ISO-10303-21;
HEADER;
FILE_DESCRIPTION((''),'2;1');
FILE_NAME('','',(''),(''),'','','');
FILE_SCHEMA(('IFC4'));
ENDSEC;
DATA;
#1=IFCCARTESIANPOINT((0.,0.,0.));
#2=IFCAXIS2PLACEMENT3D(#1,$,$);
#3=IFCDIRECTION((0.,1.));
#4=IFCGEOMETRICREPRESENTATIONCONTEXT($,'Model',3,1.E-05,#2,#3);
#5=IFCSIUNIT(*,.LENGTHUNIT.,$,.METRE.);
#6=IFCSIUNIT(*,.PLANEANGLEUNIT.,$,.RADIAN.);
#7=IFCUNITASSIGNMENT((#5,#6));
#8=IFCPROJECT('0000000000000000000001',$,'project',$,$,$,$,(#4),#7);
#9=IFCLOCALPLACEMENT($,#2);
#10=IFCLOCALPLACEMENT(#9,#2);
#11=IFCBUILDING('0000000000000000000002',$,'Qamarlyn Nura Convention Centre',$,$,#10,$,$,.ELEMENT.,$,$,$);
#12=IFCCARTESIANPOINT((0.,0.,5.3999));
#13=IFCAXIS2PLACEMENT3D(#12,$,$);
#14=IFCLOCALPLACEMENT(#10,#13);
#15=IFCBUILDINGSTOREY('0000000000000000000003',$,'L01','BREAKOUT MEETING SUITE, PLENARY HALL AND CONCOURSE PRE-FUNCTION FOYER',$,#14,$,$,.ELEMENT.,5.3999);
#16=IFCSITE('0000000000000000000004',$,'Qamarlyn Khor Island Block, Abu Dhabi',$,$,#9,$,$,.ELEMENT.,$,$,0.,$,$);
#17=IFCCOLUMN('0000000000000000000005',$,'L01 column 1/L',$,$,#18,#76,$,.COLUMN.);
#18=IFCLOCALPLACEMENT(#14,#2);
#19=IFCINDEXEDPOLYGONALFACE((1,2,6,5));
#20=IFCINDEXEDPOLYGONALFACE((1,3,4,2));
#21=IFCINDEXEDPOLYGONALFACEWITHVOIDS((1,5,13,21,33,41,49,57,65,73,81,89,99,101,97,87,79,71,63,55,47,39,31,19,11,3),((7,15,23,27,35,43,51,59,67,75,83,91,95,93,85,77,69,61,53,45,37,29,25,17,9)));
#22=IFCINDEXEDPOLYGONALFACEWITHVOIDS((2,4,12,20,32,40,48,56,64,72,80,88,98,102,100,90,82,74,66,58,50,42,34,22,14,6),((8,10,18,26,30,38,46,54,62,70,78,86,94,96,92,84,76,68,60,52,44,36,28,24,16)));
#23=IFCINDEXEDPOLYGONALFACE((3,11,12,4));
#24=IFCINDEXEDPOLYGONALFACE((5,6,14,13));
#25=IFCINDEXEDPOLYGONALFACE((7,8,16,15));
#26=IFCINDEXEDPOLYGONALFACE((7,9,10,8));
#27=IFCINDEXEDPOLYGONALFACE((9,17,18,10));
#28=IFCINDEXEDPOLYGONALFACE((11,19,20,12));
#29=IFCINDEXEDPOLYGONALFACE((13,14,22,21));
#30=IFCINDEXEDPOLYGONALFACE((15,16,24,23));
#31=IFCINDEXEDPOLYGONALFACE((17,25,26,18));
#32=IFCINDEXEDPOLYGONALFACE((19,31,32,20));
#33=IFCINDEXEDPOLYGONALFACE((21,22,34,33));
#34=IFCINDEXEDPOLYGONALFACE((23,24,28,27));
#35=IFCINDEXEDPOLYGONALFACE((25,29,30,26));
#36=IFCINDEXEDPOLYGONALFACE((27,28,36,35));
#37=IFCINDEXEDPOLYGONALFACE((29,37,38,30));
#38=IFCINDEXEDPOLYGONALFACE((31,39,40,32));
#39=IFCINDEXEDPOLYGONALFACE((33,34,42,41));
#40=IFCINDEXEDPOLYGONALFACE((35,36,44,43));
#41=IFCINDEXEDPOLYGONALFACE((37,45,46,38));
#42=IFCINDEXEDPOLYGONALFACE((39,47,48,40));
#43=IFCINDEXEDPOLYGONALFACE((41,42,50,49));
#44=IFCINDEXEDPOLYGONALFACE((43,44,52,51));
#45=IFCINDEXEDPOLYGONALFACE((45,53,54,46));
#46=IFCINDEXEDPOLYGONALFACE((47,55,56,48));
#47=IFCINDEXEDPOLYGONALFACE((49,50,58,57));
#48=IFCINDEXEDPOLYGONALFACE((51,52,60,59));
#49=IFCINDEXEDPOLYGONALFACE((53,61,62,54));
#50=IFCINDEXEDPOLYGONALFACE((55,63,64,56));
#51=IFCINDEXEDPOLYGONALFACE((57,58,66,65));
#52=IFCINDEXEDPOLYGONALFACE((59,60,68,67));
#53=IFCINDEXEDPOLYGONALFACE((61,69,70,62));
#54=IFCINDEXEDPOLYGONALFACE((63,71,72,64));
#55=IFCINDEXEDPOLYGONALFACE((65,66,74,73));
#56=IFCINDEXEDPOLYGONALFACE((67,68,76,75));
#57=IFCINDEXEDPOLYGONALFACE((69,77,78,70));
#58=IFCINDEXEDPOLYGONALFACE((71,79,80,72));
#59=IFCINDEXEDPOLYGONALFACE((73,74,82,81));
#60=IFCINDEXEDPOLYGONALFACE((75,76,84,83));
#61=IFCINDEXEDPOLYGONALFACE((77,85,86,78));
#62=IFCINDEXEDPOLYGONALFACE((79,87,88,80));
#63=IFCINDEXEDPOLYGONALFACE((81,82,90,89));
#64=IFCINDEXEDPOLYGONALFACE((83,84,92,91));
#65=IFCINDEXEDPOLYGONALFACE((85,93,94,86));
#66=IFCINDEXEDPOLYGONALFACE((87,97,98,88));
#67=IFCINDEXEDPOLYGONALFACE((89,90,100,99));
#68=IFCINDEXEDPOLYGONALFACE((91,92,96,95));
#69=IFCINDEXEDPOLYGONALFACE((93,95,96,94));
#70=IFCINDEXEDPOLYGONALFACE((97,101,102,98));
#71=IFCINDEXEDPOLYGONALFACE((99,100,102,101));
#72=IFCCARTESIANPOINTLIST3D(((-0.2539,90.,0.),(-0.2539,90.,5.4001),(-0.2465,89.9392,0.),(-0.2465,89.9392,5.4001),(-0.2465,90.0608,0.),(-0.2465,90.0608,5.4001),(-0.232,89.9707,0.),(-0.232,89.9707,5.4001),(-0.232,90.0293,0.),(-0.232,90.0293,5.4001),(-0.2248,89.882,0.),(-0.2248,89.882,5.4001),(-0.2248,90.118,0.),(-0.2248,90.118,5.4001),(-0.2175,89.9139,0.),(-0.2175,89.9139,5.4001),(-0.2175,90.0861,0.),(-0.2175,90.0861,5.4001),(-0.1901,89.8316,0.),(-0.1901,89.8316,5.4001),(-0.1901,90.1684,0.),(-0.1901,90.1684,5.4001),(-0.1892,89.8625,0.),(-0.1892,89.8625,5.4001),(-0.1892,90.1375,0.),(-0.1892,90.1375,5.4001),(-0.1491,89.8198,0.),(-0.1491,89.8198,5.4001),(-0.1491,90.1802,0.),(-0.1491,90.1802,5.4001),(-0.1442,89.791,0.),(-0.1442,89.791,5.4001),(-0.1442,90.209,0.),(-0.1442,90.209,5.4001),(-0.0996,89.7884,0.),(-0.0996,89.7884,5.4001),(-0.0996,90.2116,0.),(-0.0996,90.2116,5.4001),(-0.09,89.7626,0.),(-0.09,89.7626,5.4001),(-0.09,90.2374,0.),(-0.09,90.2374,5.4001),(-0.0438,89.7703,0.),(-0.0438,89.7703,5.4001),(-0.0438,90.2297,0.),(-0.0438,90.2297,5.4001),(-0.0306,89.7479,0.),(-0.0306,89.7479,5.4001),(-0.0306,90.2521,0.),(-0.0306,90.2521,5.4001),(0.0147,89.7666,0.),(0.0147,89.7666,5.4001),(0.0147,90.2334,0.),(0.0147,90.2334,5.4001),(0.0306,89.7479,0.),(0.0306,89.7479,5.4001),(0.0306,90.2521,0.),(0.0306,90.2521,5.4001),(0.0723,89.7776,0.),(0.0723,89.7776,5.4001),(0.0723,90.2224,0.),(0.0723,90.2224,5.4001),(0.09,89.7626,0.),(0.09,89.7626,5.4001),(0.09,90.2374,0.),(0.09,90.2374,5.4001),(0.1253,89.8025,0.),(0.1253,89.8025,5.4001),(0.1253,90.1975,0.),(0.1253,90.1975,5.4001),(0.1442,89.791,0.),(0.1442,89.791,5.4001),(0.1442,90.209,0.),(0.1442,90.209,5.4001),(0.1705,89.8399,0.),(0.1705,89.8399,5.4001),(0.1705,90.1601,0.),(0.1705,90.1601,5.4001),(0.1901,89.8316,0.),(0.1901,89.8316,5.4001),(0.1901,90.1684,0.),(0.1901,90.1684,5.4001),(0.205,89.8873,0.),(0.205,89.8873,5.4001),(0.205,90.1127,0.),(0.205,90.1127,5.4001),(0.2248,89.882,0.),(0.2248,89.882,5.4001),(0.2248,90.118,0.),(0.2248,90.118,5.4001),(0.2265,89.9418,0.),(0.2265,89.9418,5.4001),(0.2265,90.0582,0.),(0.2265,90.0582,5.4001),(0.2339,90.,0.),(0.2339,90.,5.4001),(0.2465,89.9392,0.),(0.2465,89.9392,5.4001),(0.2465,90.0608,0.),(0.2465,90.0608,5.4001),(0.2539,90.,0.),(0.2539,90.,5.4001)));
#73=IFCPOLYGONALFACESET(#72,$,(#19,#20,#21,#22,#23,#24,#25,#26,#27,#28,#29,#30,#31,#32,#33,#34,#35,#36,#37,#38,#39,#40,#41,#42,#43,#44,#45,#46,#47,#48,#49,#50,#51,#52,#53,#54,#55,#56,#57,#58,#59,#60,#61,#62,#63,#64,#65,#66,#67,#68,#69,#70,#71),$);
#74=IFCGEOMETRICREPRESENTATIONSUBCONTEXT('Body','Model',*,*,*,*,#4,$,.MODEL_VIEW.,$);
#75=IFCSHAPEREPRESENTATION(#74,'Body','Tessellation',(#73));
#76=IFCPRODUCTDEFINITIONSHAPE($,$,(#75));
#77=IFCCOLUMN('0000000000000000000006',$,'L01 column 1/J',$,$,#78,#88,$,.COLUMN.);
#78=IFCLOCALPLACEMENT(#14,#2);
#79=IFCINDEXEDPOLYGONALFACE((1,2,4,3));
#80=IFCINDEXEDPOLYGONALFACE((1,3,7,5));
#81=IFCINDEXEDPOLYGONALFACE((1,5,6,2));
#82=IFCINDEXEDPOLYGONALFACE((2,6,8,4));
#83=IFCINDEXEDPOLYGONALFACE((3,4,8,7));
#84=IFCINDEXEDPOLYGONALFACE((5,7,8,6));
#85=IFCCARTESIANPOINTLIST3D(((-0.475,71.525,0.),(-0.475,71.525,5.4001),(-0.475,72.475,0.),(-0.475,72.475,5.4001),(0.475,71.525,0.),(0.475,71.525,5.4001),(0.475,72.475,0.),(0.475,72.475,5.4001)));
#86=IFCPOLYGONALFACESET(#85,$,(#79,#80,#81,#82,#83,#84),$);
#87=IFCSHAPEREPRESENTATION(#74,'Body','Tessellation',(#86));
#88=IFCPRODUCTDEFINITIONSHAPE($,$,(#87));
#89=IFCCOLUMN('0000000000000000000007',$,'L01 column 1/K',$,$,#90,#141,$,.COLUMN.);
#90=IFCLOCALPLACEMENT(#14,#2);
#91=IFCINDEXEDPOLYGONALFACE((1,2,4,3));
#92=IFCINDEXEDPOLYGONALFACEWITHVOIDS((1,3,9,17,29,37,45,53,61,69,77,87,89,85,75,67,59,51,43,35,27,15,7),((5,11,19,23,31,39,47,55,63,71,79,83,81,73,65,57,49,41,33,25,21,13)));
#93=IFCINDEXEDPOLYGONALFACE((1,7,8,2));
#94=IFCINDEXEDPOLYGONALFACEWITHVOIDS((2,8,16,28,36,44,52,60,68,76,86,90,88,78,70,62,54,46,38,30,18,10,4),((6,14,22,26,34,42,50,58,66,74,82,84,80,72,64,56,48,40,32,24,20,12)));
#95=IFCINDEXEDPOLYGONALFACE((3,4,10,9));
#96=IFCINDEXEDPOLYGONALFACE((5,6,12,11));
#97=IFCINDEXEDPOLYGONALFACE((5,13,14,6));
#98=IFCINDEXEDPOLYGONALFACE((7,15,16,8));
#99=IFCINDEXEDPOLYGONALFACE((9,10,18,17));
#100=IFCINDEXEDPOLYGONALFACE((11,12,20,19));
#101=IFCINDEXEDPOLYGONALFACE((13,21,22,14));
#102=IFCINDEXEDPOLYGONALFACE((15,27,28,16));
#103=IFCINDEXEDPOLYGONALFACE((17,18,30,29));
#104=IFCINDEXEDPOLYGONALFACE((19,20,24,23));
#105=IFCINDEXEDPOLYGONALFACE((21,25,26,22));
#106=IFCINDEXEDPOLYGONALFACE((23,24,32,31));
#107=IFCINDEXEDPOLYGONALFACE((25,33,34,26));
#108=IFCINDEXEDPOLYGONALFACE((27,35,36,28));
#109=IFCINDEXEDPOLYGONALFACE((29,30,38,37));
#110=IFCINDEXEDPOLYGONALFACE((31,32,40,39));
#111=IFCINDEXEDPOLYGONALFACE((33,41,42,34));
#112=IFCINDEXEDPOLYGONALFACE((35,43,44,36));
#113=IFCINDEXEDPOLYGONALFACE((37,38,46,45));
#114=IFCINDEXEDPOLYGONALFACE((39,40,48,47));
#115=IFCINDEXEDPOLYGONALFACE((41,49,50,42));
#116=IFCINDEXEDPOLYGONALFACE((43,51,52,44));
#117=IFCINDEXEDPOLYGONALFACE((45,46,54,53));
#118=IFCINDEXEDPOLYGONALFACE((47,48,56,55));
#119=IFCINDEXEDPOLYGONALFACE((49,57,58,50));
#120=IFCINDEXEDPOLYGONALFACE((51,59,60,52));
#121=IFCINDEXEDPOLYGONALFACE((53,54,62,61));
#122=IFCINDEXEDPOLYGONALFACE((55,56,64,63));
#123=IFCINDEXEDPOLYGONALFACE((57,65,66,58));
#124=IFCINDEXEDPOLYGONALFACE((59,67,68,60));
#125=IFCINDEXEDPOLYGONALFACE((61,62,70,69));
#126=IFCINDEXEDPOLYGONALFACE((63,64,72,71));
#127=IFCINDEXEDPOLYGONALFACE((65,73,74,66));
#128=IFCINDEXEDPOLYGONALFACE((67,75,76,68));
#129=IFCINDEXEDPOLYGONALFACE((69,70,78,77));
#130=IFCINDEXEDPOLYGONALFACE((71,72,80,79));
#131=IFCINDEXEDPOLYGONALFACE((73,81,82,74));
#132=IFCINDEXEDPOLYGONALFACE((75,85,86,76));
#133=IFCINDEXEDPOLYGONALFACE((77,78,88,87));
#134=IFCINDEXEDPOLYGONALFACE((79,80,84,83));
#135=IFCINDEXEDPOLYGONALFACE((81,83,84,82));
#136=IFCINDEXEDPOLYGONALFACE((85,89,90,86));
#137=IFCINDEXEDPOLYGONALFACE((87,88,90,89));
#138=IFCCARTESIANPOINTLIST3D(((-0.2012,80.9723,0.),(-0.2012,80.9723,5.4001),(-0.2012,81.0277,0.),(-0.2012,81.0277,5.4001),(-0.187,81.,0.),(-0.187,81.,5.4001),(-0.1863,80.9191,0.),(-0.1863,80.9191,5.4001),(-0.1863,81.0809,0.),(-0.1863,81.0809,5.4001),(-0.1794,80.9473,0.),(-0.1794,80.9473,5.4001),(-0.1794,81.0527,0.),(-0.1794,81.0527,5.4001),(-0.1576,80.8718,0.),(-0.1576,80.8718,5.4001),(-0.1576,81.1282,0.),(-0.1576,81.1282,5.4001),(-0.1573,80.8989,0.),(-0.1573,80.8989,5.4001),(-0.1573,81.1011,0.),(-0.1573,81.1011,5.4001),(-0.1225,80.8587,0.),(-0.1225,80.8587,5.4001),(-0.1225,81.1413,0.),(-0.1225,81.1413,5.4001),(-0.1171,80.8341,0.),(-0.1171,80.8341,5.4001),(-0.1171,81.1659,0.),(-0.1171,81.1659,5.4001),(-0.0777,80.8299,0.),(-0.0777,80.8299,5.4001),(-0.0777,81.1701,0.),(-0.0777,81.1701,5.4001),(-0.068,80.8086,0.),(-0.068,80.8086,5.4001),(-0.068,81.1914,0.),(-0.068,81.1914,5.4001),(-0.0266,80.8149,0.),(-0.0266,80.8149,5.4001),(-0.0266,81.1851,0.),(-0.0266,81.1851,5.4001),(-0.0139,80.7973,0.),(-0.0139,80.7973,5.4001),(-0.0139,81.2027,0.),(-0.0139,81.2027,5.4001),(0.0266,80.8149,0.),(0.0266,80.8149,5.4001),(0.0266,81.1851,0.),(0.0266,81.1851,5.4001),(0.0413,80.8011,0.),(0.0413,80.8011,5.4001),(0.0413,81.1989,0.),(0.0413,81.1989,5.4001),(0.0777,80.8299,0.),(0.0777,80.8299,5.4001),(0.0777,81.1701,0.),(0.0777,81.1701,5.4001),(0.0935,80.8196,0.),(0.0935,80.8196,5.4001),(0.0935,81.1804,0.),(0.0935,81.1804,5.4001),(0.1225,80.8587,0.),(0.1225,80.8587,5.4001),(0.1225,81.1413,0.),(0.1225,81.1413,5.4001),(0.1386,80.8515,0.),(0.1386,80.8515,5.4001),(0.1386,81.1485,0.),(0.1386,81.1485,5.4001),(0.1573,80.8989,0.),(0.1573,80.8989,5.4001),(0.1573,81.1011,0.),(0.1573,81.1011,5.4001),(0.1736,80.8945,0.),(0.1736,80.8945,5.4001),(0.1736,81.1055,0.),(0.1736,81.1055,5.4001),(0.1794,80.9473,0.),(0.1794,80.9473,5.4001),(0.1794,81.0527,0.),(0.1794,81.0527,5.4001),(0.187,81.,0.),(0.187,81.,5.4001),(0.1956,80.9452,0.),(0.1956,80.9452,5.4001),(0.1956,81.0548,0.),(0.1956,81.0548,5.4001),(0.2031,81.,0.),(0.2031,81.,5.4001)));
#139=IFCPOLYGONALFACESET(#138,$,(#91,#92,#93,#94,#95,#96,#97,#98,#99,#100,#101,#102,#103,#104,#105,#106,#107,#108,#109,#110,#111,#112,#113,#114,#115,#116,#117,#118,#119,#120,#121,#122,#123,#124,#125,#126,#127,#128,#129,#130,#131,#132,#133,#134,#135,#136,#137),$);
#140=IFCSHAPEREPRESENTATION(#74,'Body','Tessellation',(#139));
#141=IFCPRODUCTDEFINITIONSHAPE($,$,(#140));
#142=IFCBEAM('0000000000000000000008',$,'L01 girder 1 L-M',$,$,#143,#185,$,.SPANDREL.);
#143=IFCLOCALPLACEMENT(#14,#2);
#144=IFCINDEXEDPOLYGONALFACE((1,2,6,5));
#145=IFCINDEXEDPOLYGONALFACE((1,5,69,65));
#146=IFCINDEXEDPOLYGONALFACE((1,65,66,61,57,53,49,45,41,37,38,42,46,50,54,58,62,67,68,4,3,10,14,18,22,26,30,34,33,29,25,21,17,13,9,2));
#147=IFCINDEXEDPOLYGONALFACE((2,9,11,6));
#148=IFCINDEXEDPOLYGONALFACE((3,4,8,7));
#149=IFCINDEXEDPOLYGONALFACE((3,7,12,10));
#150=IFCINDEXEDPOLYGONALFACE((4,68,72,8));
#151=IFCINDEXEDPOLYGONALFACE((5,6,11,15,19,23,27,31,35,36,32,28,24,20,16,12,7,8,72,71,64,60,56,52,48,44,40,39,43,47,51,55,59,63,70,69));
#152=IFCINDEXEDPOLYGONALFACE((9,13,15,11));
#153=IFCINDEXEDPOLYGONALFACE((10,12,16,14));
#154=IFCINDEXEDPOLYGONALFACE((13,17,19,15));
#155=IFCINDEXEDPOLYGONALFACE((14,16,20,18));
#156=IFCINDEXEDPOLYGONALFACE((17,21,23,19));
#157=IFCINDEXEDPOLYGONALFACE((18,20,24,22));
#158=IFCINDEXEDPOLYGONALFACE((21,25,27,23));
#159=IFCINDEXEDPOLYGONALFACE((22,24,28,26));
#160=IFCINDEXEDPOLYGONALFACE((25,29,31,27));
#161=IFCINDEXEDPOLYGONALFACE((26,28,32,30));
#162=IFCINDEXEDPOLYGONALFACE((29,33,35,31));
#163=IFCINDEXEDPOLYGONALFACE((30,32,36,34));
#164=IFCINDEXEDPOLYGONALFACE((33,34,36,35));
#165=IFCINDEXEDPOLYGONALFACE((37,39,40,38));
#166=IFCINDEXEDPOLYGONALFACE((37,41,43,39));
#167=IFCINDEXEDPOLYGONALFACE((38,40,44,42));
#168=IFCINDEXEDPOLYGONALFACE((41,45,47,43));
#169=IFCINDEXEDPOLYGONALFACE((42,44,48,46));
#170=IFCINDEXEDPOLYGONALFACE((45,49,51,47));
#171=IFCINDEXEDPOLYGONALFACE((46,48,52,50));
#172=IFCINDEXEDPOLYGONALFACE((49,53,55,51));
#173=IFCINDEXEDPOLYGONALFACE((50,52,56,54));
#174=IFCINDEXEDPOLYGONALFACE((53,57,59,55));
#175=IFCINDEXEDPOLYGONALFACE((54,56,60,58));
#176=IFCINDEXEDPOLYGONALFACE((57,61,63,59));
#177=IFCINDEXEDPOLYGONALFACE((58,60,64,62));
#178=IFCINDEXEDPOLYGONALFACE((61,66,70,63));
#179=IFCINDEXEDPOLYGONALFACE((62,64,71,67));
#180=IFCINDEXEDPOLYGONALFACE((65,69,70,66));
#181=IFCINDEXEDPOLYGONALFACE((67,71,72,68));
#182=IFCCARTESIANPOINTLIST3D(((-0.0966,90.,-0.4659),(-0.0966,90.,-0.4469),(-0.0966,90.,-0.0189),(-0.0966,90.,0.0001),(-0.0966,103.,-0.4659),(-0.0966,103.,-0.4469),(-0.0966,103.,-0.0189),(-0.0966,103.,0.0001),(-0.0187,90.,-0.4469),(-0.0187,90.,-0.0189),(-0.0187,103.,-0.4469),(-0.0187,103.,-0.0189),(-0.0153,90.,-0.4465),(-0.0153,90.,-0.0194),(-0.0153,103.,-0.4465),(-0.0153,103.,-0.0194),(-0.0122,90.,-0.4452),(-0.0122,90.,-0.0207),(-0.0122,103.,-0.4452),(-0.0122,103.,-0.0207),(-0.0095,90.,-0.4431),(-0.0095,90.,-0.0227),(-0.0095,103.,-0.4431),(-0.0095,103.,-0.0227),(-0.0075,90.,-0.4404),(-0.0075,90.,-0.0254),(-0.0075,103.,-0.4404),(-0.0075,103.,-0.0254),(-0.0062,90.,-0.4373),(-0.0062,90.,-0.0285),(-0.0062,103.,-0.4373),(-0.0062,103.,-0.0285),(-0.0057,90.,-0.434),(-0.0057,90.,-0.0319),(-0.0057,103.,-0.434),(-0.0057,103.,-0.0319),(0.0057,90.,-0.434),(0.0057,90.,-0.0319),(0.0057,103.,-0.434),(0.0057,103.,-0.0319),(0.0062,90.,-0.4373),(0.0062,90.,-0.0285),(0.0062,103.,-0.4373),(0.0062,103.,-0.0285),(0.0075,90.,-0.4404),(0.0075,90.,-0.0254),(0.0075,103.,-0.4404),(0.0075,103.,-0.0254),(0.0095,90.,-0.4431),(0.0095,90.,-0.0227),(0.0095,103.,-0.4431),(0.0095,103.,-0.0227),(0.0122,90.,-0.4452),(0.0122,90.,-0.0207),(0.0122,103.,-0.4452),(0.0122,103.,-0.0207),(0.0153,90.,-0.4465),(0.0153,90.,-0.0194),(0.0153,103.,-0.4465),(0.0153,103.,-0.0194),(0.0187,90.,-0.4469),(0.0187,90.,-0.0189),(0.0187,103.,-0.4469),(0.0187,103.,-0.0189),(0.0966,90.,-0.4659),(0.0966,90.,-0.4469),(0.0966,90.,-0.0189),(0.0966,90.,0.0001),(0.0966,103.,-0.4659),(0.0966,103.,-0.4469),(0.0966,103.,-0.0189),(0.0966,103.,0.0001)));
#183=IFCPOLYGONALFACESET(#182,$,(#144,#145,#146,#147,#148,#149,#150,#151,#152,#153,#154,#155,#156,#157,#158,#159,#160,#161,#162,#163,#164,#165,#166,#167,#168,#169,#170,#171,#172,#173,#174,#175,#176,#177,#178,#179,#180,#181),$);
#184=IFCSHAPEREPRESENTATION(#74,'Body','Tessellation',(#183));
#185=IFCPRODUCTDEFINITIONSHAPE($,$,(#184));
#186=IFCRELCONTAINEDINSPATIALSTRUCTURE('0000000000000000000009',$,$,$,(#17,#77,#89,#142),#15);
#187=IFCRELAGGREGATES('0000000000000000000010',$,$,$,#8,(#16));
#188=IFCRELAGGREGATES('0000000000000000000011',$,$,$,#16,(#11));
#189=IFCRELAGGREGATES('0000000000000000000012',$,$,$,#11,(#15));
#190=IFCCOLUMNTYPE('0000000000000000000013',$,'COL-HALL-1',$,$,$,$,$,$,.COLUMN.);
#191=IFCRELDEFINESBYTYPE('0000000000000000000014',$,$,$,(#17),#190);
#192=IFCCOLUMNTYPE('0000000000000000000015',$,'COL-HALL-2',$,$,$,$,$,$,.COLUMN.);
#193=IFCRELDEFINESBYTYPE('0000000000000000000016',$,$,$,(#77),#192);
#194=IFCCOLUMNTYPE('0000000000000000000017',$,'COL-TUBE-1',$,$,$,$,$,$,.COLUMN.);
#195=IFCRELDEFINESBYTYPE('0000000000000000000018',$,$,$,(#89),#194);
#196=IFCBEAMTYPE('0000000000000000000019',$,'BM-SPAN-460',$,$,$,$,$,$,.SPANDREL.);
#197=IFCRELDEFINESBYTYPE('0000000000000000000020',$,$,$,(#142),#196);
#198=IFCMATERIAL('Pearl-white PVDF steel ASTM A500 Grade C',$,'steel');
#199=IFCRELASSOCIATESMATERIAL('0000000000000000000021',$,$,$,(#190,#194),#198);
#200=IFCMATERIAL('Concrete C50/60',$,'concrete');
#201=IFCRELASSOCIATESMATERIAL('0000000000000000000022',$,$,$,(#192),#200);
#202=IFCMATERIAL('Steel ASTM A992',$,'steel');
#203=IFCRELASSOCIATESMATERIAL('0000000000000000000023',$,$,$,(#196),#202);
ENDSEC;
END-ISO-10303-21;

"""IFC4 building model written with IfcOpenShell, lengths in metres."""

from ifc_helpers import new_model, si_unit, direction, frame, origin, origin_2d, place, context, subcontext, project, spatial, rectangle, hollow_circle, i_section, extrude, material, material_profile, profile_set, type_object, element, save


model = new_model("IFC4")

# Units and contexts
model_context = context("Model", 3, precision=1e-05, world=origin(), true_north=direction((0.0, 1.0)))
body_context = subcontext(model_context, "Body", "Model", "MODEL_VIEW")
ifc_project = project(units=[si_unit("LENGTHUNIT", "METRE"), si_unit("PLANEANGLEUNIT", "RADIAN")], contexts=[model_context])

# Site, building, storey
site_placement = place(None, origin())
site = spatial("IfcSite", under=ifc_project, at=site_placement, Name="Qamarlyn Khor Island Block, Abu Dhabi", CompositionType="ELEMENT", RefElevation=0.0)
building_placement = place(site_placement, origin())
building = spatial("IfcBuilding", under=site, at=building_placement, Name="Qamarlyn Nura Convention Centre", CompositionType="ELEMENT")
storey_placement = place(building_placement, frame((0.0, 0.0, 5.3999)))
storey = spatial("IfcBuildingStorey", under=building, at=storey_placement, Name="L01", Description="BREAKOUT MEETING SUITE, PLENARY HALL AND CONCOURSE PRE-FUNCTION FOYER", CompositionType="ELEMENT", Elevation=5.3999)

# Columns
ifc_material_1 = material(Name="Pearl-white PVDF steel ASTM A500 Grade C", Category="steel")
ifc_material_profile_1 = material_profile(ifc_material_1, hollow_circle(Radius=0.2539, WallThickness=0.02, at=origin_2d()), Name="CHS508X20")
ifc_profile_set_1 = profile_set([ifc_material_profile_1], Name="Pearl-white PVDF steel ASTM A500 Grade C")
column_type_1 = type_object("IfcColumnType", Name="COL-HALL-1", PredefinedType="COLUMN", material=ifc_profile_set_1)
column_1_placement = place(storey_placement, frame((0.0, 90.0, 0.0), z_axis=(0.0, 0.0, 1.0), x_axis=(1.0, 0.0, 0.0)))
element("IfcColumn", 1, at=column_1_placement, inside=storey, type_object=column_type_1, Name="L01 column 1/L", PredefinedType="COLUMN", context=body_context, shape_type="SweptSolid", body=[
    extrude(hollow_circle(Radius=0.2539, WallThickness=0.02, at=origin_2d()), origin(), (0.0, 0.0, 1.0), 5.4001),
])
ifc_material_2 = material(Name="Concrete C50/60", Category="concrete")
ifc_material_profile_2 = material_profile(ifc_material_2, rectangle(XDim=0.95, YDim=0.95, at=origin_2d()), Name="RC 950x950")
ifc_profile_set_2 = profile_set([ifc_material_profile_2], Name="Concrete C50/60")
column_type_2 = type_object("IfcColumnType", Name="COL-HALL-2", PredefinedType="COLUMN", material=ifc_profile_set_2)
column_2_placement = place(storey_placement, frame((0.0, 72.0, 0.0), z_axis=(0.0, 0.0, 1.0), x_axis=(1.0, 0.0, 0.0)))
element("IfcColumn", 2, at=column_2_placement, inside=storey, type_object=column_type_2, Name="L01 column 1/J", PredefinedType="COLUMN", context=body_context, shape_type="SweptSolid", body=[
    extrude(rectangle(XDim=0.95, YDim=0.95, at=origin_2d()), origin(), (0.0, 0.0, 1.0), 5.4001),
])
ifc_material_profile_3 = material_profile(ifc_material_1, hollow_circle(Radius=0.2031, WallThickness=0.0161, at=origin_2d()), Name="CHS406.4X16")
ifc_profile_set_3 = profile_set([ifc_material_profile_3], Name="Pearl-white PVDF steel ASTM A500 Grade C")
column_type_3 = type_object("IfcColumnType", Name="COL-TUBE-1", PredefinedType="COLUMN", material=ifc_profile_set_3)
column_3_placement = place(storey_placement, frame((0.0, 81.0, 0.0), z_axis=(0.0, 0.0, 1.0), x_axis=(1.0, 0.0, 0.0)))
element("IfcColumn", 3, at=column_3_placement, inside=storey, type_object=column_type_3, Name="L01 column 1/K", PredefinedType="COLUMN", context=body_context, shape_type="SweptSolid", body=[
    extrude(hollow_circle(Radius=0.2031, WallThickness=0.0161, at=origin_2d()), origin(), (0.0, 0.0, 1.0), 5.4001),
])

# Beam
ifc_material_3 = material(Name="Steel ASTM A992", Category="steel")
ifc_material_profile_4 = material_profile(ifc_material_3, i_section(OverallWidth=0.1931, OverallDepth=0.4661, WebThickness=0.0115, FlangeThickness=0.019, FilletRadius=0.0129, at=origin_2d()), Name="W460X97")
ifc_profile_set_4 = profile_set([ifc_material_profile_4], Name="Steel ASTM A992")
beam_type_1 = type_object("IfcBeamType", Name="BM-SPAN-460", PredefinedType="SPANDREL", material=ifc_profile_set_4)
beam_1_placement = place(storey_placement, frame((0.0, 90.0, -0.2329), z_axis=(0.0, 1.0, 0.0), x_axis=(-1.0, 0.0, 0.0)))
element("IfcBeam", 4, at=beam_1_placement, inside=storey, type_object=beam_type_1, Name="L01 girder 1 L-M", PredefinedType="SPANDREL", context=body_context, shape_type="SweptSolid", body=[
    extrude(i_section(OverallWidth=0.1931, OverallDepth=0.4661, WebThickness=0.0115, FlangeThickness=0.019, FilletRadius=0.0129, at=origin_2d()), origin(), (0.0, 0.0, 1.0), 13.0),
])

save(model, "model.ifc")
